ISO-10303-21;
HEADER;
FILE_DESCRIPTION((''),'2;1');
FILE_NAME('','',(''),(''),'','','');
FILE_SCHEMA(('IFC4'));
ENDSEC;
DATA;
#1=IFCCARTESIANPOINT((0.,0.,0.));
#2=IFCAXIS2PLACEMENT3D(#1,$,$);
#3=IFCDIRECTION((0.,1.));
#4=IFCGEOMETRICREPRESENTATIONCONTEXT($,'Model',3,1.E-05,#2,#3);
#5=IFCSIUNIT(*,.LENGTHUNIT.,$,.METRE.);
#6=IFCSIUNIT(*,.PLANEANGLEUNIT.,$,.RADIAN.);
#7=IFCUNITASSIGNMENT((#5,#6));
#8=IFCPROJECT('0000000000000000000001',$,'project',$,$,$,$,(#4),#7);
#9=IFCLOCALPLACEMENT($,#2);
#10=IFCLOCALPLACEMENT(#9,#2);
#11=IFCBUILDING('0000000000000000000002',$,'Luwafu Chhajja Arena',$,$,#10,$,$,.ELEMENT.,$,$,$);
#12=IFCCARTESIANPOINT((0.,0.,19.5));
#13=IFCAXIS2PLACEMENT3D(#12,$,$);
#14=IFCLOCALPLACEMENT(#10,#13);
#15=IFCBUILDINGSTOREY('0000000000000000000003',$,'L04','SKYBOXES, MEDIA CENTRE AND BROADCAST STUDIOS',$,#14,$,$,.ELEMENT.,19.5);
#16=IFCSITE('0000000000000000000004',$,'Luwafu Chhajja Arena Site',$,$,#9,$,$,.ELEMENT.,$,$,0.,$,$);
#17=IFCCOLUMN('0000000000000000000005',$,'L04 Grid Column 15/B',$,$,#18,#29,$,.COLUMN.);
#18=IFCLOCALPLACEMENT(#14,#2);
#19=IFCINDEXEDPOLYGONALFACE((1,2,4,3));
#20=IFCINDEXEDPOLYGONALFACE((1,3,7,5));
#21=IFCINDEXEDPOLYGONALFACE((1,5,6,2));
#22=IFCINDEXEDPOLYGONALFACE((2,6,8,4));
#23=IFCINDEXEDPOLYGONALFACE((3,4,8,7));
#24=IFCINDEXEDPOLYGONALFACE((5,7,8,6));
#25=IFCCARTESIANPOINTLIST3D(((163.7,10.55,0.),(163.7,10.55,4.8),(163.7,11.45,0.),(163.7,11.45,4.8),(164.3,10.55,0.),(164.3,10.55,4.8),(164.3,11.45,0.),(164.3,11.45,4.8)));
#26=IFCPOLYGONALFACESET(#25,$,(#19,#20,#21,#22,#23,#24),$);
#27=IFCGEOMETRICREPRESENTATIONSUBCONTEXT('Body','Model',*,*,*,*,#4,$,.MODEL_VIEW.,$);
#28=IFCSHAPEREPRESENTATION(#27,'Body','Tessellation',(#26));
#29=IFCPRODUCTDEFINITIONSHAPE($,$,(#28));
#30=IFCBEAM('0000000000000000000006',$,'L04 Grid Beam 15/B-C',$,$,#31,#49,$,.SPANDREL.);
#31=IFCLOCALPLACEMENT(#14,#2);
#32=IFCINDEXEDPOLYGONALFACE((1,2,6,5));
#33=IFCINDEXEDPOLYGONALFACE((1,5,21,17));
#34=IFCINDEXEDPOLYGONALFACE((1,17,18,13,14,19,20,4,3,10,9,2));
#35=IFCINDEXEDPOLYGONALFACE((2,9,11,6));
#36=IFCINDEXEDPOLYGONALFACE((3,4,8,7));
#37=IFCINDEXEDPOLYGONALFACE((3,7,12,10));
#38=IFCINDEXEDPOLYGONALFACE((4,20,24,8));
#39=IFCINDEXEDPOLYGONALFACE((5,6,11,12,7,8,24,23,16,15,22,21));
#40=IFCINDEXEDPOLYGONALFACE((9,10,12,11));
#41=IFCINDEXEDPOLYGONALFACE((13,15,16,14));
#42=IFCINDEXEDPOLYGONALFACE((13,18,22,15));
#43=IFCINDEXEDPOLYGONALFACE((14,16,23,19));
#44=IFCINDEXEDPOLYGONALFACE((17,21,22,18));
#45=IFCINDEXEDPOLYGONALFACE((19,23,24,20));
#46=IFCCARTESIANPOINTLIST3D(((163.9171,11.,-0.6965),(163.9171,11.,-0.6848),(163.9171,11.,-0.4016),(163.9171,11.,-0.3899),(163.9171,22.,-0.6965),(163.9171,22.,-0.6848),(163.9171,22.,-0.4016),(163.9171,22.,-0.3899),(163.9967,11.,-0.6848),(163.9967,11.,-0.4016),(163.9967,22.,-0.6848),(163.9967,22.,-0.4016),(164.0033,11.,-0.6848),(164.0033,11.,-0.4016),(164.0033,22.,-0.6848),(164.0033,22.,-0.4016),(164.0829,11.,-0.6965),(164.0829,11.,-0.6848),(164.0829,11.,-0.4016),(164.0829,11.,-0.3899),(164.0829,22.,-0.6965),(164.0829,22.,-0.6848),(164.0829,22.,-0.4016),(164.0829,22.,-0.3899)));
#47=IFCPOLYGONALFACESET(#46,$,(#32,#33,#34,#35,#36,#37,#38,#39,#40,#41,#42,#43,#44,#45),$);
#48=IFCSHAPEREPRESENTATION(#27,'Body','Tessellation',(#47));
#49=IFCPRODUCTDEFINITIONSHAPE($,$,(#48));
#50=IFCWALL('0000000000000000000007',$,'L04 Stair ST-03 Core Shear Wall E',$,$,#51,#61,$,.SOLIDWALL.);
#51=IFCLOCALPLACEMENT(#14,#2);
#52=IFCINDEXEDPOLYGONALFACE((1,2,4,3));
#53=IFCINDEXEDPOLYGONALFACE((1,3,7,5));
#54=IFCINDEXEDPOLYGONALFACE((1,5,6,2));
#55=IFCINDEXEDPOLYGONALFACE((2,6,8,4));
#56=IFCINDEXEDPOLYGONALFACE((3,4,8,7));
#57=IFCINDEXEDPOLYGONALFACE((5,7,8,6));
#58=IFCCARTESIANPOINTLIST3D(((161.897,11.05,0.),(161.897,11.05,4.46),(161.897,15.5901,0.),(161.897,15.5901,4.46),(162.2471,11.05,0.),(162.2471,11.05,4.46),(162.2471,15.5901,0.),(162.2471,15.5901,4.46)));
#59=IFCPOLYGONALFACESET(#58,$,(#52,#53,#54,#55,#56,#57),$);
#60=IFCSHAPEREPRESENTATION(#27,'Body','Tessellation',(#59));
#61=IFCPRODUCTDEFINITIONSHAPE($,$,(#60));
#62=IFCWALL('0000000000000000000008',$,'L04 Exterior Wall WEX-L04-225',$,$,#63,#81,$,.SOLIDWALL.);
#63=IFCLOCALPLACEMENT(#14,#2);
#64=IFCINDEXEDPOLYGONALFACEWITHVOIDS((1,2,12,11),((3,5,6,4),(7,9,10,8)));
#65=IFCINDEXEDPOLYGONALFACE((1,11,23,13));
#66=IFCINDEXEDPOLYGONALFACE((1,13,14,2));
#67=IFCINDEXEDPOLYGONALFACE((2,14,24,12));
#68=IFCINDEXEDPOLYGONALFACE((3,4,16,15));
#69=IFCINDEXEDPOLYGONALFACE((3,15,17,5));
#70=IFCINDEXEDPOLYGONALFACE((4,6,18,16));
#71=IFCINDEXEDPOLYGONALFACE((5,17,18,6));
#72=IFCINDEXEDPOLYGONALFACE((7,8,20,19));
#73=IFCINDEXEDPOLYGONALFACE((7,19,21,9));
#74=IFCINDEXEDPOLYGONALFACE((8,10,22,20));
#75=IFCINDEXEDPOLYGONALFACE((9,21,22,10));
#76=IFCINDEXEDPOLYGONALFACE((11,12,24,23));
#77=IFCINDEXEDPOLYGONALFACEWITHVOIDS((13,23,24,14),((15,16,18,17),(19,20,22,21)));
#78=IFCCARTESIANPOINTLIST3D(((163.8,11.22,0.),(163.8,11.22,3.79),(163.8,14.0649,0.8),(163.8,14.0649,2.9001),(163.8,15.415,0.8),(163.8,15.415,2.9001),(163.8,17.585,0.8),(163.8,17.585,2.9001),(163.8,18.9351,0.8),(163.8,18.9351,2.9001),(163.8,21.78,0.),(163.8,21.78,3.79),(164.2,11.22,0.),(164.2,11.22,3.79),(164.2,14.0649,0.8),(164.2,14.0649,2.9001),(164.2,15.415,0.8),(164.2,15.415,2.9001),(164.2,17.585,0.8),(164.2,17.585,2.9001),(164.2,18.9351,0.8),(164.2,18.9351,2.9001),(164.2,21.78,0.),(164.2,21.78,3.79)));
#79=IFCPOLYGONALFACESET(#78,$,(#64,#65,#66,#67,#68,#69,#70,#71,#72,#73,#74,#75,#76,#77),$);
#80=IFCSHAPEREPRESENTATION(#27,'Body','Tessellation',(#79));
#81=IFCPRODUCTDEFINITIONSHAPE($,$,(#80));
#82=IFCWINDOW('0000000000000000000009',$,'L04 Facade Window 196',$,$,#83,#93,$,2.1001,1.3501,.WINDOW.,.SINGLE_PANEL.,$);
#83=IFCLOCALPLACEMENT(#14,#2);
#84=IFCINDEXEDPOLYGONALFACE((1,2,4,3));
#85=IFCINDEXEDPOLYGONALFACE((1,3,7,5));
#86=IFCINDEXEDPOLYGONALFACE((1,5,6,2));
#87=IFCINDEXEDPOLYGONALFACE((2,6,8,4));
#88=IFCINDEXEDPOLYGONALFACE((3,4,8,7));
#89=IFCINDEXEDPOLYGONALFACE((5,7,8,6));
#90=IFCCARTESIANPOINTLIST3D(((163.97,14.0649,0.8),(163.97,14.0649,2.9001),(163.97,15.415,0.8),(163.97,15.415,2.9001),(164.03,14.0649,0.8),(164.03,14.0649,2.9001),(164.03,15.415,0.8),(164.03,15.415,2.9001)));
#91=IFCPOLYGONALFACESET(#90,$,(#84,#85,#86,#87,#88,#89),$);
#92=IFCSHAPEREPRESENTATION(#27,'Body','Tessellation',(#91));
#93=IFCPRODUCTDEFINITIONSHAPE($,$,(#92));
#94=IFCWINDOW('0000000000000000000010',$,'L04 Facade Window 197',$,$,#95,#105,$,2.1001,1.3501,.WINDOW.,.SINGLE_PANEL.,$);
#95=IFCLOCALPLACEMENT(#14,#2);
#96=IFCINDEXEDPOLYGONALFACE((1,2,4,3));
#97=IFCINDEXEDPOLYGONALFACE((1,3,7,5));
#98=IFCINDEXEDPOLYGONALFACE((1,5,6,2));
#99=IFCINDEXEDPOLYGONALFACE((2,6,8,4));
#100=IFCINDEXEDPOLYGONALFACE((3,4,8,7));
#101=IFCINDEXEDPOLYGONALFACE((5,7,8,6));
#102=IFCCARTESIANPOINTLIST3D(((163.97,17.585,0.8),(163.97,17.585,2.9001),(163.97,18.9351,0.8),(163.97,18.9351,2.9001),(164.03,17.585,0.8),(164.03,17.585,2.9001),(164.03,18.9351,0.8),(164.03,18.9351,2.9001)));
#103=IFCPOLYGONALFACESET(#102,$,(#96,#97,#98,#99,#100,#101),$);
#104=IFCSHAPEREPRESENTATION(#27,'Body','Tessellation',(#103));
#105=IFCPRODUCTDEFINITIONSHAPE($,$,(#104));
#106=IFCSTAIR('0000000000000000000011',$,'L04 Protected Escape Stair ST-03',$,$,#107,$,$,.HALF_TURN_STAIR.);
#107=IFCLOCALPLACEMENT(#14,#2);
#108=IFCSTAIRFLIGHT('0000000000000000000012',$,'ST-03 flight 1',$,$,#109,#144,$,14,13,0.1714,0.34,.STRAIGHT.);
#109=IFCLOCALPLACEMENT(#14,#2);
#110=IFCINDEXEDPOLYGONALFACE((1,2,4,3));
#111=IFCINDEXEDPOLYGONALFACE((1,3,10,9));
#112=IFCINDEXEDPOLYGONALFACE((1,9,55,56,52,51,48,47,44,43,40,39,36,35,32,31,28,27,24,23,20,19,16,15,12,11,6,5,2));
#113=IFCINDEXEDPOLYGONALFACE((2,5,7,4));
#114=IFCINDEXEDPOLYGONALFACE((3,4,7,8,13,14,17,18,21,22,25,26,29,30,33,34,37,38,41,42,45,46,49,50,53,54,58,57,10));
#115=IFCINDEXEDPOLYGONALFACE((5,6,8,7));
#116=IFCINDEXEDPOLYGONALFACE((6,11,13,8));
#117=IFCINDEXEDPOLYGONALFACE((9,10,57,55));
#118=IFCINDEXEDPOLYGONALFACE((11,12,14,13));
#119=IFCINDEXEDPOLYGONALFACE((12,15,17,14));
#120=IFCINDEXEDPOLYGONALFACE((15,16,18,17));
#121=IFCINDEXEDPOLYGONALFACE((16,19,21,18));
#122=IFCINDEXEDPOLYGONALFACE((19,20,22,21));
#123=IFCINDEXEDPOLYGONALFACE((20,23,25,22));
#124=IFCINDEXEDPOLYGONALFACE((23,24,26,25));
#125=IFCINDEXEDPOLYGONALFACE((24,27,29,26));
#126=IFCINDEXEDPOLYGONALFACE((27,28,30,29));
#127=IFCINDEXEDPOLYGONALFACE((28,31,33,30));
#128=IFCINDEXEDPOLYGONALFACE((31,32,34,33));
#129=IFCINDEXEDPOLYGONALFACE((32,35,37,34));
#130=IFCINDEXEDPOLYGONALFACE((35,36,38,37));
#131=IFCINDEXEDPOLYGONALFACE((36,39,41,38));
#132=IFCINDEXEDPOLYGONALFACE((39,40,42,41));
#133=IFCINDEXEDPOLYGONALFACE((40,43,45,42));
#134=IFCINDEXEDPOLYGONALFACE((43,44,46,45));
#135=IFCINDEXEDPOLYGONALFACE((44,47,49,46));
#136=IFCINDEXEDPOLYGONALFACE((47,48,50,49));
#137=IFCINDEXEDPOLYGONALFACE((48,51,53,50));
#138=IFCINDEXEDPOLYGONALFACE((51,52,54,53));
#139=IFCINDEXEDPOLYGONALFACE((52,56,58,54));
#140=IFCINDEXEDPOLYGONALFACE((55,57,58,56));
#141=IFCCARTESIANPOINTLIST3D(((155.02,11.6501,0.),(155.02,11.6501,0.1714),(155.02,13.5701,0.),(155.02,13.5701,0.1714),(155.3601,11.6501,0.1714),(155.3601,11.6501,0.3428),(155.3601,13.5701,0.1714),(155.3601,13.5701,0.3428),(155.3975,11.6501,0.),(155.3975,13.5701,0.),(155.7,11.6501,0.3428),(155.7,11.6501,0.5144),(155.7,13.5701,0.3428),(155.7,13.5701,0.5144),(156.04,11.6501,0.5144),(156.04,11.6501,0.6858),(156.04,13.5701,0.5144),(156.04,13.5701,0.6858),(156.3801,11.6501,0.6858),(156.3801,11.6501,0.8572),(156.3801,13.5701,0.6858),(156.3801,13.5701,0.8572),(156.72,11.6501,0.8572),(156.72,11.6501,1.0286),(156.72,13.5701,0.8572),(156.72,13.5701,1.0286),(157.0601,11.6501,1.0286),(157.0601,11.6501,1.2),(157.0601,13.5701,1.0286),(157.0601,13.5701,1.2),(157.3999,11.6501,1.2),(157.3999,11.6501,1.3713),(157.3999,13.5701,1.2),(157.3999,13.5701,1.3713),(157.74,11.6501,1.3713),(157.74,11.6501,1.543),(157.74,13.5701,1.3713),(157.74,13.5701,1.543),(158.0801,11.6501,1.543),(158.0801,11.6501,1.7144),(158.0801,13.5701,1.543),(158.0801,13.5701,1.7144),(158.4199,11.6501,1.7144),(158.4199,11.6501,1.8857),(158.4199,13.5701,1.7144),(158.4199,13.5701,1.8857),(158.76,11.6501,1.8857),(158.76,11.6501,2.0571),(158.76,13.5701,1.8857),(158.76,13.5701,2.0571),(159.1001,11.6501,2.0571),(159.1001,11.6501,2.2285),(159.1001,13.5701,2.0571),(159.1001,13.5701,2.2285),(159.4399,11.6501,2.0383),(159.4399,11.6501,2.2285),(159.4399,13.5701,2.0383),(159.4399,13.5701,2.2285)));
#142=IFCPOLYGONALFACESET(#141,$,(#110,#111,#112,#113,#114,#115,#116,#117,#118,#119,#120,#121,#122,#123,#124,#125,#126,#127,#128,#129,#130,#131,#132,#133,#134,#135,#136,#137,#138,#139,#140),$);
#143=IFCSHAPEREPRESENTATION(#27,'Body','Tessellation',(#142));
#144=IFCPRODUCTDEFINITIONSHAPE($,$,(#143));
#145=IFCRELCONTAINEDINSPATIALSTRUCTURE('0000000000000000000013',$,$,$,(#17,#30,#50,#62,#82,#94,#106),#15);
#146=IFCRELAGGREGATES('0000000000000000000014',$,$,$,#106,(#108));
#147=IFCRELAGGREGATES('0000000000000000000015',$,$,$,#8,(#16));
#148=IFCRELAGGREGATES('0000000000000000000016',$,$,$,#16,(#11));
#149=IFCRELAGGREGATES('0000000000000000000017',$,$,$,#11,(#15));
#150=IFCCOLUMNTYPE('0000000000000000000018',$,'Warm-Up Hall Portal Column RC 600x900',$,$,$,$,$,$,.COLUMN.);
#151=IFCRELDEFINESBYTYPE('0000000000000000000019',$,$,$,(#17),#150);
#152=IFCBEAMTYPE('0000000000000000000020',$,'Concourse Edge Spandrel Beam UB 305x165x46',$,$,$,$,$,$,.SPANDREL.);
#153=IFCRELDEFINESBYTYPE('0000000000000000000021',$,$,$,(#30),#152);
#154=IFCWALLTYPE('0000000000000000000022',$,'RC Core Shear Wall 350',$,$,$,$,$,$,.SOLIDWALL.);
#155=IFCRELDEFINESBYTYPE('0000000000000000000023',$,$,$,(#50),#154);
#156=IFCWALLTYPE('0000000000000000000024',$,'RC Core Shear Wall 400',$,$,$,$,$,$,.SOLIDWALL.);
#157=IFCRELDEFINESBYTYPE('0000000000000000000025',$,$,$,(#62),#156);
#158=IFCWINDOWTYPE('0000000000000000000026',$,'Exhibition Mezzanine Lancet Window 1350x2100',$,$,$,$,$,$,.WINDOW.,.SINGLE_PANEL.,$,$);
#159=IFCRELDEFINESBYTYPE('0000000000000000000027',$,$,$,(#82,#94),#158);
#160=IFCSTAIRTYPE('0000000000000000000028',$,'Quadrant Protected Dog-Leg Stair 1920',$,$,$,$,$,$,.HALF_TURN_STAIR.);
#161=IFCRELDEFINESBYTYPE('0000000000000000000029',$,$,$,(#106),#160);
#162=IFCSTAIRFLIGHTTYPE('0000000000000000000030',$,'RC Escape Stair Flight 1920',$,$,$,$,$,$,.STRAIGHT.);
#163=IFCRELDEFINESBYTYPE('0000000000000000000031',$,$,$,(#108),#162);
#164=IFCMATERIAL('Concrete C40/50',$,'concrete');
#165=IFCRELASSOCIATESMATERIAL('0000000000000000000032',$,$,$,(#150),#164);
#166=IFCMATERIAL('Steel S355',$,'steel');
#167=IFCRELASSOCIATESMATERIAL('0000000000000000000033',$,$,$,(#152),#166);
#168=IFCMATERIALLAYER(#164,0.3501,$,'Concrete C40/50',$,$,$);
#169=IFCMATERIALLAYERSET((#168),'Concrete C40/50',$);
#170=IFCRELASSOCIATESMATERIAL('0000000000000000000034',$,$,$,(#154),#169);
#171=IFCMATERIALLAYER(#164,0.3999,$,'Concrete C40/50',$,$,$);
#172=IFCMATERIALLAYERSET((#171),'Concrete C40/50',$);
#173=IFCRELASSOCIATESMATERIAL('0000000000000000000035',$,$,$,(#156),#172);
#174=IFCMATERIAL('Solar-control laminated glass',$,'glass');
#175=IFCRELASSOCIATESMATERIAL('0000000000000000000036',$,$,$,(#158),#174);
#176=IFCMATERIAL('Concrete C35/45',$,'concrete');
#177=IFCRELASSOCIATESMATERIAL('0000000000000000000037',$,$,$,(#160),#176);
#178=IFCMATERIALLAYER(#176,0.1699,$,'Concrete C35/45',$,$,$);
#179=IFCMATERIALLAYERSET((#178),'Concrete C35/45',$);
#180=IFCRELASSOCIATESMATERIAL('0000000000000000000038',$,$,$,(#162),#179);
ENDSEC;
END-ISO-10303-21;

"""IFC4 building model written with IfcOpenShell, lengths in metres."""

from ifc_helpers import new_model, si_unit, direction, frame, frame_2d, origin, origin_2d, place, context, subcontext, project, spatial, polyline, rectangle, i_section, outline, extrude, material, layer, layer_set, material_profile, profile_set, type_object, element, fill, aggregate, save


model = new_model("IFC4")

# Units and contexts
model_context = context("Model", 3, precision=1e-05, world=origin(), true_north=direction((0.0, 1.0)))
body_context = subcontext(model_context, "Body", "Model", "MODEL_VIEW")
ifc_project = project(units=[si_unit("LENGTHUNIT", "METRE"), si_unit("PLANEANGLEUNIT", "RADIAN")], contexts=[model_context])

# Site, building, storey
site_placement = place(None, origin())
site = spatial("IfcSite", under=ifc_project, at=site_placement, Name="Luwafu Chhajja Arena Site", CompositionType="ELEMENT", RefElevation=0.0)
building_placement = place(site_placement, origin())
building = spatial("IfcBuilding", under=site, at=building_placement, Name="Luwafu Chhajja Arena", CompositionType="ELEMENT")
storey_placement = place(building_placement, frame((0.0, 0.0, 19.5)))
storey = spatial("IfcBuildingStorey", under=building, at=storey_placement, Name="L04", Description="SKYBOXES, MEDIA CENTRE AND BROADCAST STUDIOS", CompositionType="ELEMENT", Elevation=19.5)

# Column
ifc_material_1 = material(Name="Concrete C40/50", Category="concrete")
ifc_material_profile_1 = material_profile(ifc_material_1, rectangle(XDim=0.6001, YDim=0.8999, at=origin_2d()), Name="RC 600x900")
ifc_profile_set_1 = profile_set([ifc_material_profile_1], Name="Concrete C40/50")
column_type = type_object("IfcColumnType", Name="Warm-Up Hall Portal Column RC 600x900", PredefinedType="COLUMN", material=ifc_profile_set_1)
column_placement = place(storey_placement, frame((164.0, 11.0, 0.0), z_axis=(0.0, 0.0, 1.0), x_axis=(1.0, 0.0, 0.0)))
element("IfcColumn", 1, at=column_placement, inside=storey, type_object=column_type, Name="L04 Grid Column 15/B", PredefinedType="COLUMN", context=body_context, shape_type="SweptSolid", body=[
    extrude(rectangle(XDim=0.6001, YDim=0.8999, at=origin_2d()), origin(), (0.0, 0.0, 1.0), 4.8),
])

# Beam
ifc_material_2 = material(Name="Steel S355", Category="steel")
ifc_material_profile_2 = material_profile(ifc_material_2, i_section(OverallWidth=0.1658, OverallDepth=0.3066, WebThickness=0.0066, FlangeThickness=0.0117, at=origin_2d()), Name="UB 305x165x46")
ifc_profile_set_2 = profile_set([ifc_material_profile_2], Name="Steel S355")
beam_type = type_object("IfcBeamType", Name="Concourse Edge Spandrel Beam UB 305x165x46", PredefinedType="SPANDREL", material=ifc_profile_set_2)
beam_placement = place(storey_placement, frame((164.0, 11.0, -0.5432), z_axis=(0.0, 1.0, 0.0), x_axis=(-1.0, 0.0, 0.0)))
element("IfcBeam", 2, at=beam_placement, inside=storey, type_object=beam_type, Name="L04 Grid Beam 15/B-C", PredefinedType="SPANDREL", context=body_context, shape_type="SweptSolid", body=[
    extrude(i_section(OverallWidth=0.1658, OverallDepth=0.3066, WebThickness=0.0066, FlangeThickness=0.0117, at=origin_2d()), origin(), (0.0, 0.0, 1.0), 11.0),
])

# Wall
ifc_layer_1 = layer(ifc_material_1, 0.3501, Name="Concrete C40/50")
ifc_layer_set_1 = layer_set([ifc_layer_1], Name="Concrete C40/50")
wall_type_1 = type_object("IfcWallType", Name="RC Core Shear Wall 350", PredefinedType="SOLIDWALL", material=ifc_layer_set_1)
wall_1_placement = place(storey_placement, frame((162.072, 11.05, 0.0), z_axis=(0.0, 0.0, 1.0), x_axis=(0.0, 1.0, 0.0)))
element("IfcWall", 3, at=wall_1_placement, inside=storey, type_object=wall_type_1, Name="L04 Stair ST-03 Core Shear Wall E", PredefinedType="SOLIDWALL", context=body_context, shape_type="SweptSolid", body=[
    extrude(rectangle(XDim=4.54, YDim=0.3501, at=frame_2d((2.27, 0.0))), origin(), (0.0, 0.0, 1.0), 4.46),
])

# Wall, openings, windows
ifc_layer_2 = layer(ifc_material_1, 0.3999, Name="Concrete C40/50")
ifc_layer_set_2 = layer_set([ifc_layer_2], Name="Concrete C40/50")
wall_type_2 = type_object("IfcWallType", Name="RC Core Shear Wall 400", PredefinedType="SOLIDWALL", material=ifc_layer_set_2)
wall_2_placement = place(storey_placement, frame((164.0, 11.22, 0.0), z_axis=(0.0, 0.0, 1.0), x_axis=(0.0, 1.0, 0.0)))
wall_2 = element("IfcWall", 4, at=wall_2_placement, inside=storey, type_object=wall_type_2, Name="L04 Exterior Wall WEX-L04-225", PredefinedType="SOLIDWALL", context=body_context, shape_type="SweptSolid", body=[
    extrude(rectangle(XDim=10.5601, YDim=0.3999, at=frame_2d((5.28, 0.0))), origin(), (0.0, 0.0, 1.0), 3.79),
])
opening_1_placement = place(wall_2_placement, frame((2.845, 0.0, 0.8)))
opening_1 = element("IfcOpeningElement", 5, at=opening_1_placement, cuts=wall_2, PredefinedType="OPENING", context=body_context, shape_type="SweptSolid", body=[
    extrude(rectangle(XDim=1.3501, YDim=2.1001, at=frame_2d((0.675, 1.05))), frame((0.0, 0.21, 0.0), z_axis=(0.0, -1.0, 0.0), x_axis=(1.0, 0.0, 0.0)), (0.0, 0.0, 1.0), 0.4199),
])
opening_2_placement = place(wall_2_placement, frame((6.365, 0.0, 0.8)))
opening_2 = element("IfcOpeningElement", 6, at=opening_2_placement, cuts=wall_2, PredefinedType="OPENING", context=body_context, shape_type="SweptSolid", body=[
    extrude(rectangle(XDim=1.3501, YDim=2.1001, at=frame_2d((0.675, 1.05))), frame((0.0, 0.21, 0.0), z_axis=(0.0, -1.0, 0.0), x_axis=(1.0, 0.0, 0.0)), (0.0, 0.0, 1.0), 0.4199),
])
ifc_material_3 = material(Name="Solar-control laminated glass", Category="glass")
window_type = type_object("IfcWindowType", Name="Exhibition Mezzanine Lancet Window 1350x2100", PartitioningType="SINGLE_PANEL", PredefinedType="WINDOW", material=ifc_material_3)
window_1_placement = place(opening_1_placement, origin())
window_1 = element("IfcWindow", 7, at=window_1_placement, inside=storey, type_object=window_type, Name="L04 Facade Window 196", OverallHeight=2.1001, OverallWidth=1.3501, PartitioningType="SINGLE_PANEL", PredefinedType="WINDOW", context=body_context, shape_type="SweptSolid", body=[
    extrude(rectangle(XDim=1.3501, YDim=2.1001, at=frame_2d((0.675, 1.05))), frame((0.0, 0.03, 0.0), z_axis=(0.0, -1.0, 0.0), x_axis=(1.0, 0.0, 0.0)), (0.0, 0.0, 1.0), 0.0601),
])
fill(opening_1, window_1)
window_2_placement = place(opening_2_placement, origin())
window_2 = element("IfcWindow", 8, at=window_2_placement, inside=storey, type_object=window_type, Name="L04 Facade Window 197", OverallHeight=2.1001, OverallWidth=1.3501, PartitioningType="SINGLE_PANEL", PredefinedType="WINDOW", context=body_context, shape_type="SweptSolid", body=[
    extrude(rectangle(XDim=1.3501, YDim=2.1001, at=frame_2d((0.675, 1.05))), frame((0.0, 0.03, 0.0), z_axis=(0.0, -1.0, 0.0), x_axis=(1.0, 0.0, 0.0)), (0.0, 0.0, 1.0), 0.0601),
])
fill(opening_2, window_2)

# Stair, stair flight
ifc_material_4 = material(Name="Concrete C35/45", Category="concrete")
stair_type = type_object("IfcStairType", Name="Quadrant Protected Dog-Leg Stair 1920", PredefinedType="HALF_TURN_STAIR", material=ifc_material_4)
stair_placement = place(storey_placement, origin())
stair = element("IfcStair", 9, at=stair_placement, inside=storey, type_object=stair_type, Name="L04 Protected Escape Stair ST-03", PredefinedType="HALF_TURN_STAIR")
ifc_layer_3 = layer(ifc_material_4, 0.1699, Name="Concrete C35/45")
ifc_layer_set_3 = layer_set([ifc_layer_3], Name="Concrete C35/45")
stair_flight_type = type_object("IfcStairFlightType", Name="RC Escape Stair Flight 1920", PredefinedType="STRAIGHT", material=ifc_layer_set_3)
stair_flight_1_placement = place(storey_placement, frame((155.02, 12.6101, 0.0), z_axis=(0.0, 0.0, 1.0), x_axis=(1.0, 0.0, 0.0)))
stair_flight_1 = element("IfcStairFlight", 10, at=stair_flight_1_placement, type_object=stair_flight_type, Name="ST-03 flight 1", NumberOfRisers=14, NumberOfTreads=13, PredefinedType="STRAIGHT", RiserHeight=0.1714, TreadLength=0.34, context=body_context, shape_type="SweptSolid", body=[
    extrude(outline(polyline([(0.0, 0.0), (0.0, 0.1714), (0.3401, 0.1714), (0.3401, 0.3428), (0.6799, 0.3428), (0.6799, 0.5144), (1.02, 0.5144), (1.02, 0.6858), (1.3601, 0.6858), (1.3601, 0.8572), (1.7, 0.8572), (1.7, 1.0286), (2.04, 1.0286), (2.04, 1.2), (2.3799, 1.2), (2.3799, 1.3713), (2.72, 1.3713), (2.72, 1.543), (3.0601, 1.543), (3.0601, 1.7144), (3.3999, 1.7144), (3.3999, 1.8857), (3.74, 1.8857), (3.74, 2.0571), (4.0801, 2.0571), (4.0801, 2.2285), (4.4199, 2.2285), (4.4199, 2.3999), (4.4199, 2.0383), (0.3774, 0.0), (0.0, 0.0)])), frame((0.0, 0.96, 0.0), z_axis=(0.0, -1.0, 0.0), x_axis=(1.0, 0.0, 0.0)), (0.0, 0.0, 1.0), 1.9199),
])
aggregate(stair, [stair_flight_1])

save(model, "model.ifc")
